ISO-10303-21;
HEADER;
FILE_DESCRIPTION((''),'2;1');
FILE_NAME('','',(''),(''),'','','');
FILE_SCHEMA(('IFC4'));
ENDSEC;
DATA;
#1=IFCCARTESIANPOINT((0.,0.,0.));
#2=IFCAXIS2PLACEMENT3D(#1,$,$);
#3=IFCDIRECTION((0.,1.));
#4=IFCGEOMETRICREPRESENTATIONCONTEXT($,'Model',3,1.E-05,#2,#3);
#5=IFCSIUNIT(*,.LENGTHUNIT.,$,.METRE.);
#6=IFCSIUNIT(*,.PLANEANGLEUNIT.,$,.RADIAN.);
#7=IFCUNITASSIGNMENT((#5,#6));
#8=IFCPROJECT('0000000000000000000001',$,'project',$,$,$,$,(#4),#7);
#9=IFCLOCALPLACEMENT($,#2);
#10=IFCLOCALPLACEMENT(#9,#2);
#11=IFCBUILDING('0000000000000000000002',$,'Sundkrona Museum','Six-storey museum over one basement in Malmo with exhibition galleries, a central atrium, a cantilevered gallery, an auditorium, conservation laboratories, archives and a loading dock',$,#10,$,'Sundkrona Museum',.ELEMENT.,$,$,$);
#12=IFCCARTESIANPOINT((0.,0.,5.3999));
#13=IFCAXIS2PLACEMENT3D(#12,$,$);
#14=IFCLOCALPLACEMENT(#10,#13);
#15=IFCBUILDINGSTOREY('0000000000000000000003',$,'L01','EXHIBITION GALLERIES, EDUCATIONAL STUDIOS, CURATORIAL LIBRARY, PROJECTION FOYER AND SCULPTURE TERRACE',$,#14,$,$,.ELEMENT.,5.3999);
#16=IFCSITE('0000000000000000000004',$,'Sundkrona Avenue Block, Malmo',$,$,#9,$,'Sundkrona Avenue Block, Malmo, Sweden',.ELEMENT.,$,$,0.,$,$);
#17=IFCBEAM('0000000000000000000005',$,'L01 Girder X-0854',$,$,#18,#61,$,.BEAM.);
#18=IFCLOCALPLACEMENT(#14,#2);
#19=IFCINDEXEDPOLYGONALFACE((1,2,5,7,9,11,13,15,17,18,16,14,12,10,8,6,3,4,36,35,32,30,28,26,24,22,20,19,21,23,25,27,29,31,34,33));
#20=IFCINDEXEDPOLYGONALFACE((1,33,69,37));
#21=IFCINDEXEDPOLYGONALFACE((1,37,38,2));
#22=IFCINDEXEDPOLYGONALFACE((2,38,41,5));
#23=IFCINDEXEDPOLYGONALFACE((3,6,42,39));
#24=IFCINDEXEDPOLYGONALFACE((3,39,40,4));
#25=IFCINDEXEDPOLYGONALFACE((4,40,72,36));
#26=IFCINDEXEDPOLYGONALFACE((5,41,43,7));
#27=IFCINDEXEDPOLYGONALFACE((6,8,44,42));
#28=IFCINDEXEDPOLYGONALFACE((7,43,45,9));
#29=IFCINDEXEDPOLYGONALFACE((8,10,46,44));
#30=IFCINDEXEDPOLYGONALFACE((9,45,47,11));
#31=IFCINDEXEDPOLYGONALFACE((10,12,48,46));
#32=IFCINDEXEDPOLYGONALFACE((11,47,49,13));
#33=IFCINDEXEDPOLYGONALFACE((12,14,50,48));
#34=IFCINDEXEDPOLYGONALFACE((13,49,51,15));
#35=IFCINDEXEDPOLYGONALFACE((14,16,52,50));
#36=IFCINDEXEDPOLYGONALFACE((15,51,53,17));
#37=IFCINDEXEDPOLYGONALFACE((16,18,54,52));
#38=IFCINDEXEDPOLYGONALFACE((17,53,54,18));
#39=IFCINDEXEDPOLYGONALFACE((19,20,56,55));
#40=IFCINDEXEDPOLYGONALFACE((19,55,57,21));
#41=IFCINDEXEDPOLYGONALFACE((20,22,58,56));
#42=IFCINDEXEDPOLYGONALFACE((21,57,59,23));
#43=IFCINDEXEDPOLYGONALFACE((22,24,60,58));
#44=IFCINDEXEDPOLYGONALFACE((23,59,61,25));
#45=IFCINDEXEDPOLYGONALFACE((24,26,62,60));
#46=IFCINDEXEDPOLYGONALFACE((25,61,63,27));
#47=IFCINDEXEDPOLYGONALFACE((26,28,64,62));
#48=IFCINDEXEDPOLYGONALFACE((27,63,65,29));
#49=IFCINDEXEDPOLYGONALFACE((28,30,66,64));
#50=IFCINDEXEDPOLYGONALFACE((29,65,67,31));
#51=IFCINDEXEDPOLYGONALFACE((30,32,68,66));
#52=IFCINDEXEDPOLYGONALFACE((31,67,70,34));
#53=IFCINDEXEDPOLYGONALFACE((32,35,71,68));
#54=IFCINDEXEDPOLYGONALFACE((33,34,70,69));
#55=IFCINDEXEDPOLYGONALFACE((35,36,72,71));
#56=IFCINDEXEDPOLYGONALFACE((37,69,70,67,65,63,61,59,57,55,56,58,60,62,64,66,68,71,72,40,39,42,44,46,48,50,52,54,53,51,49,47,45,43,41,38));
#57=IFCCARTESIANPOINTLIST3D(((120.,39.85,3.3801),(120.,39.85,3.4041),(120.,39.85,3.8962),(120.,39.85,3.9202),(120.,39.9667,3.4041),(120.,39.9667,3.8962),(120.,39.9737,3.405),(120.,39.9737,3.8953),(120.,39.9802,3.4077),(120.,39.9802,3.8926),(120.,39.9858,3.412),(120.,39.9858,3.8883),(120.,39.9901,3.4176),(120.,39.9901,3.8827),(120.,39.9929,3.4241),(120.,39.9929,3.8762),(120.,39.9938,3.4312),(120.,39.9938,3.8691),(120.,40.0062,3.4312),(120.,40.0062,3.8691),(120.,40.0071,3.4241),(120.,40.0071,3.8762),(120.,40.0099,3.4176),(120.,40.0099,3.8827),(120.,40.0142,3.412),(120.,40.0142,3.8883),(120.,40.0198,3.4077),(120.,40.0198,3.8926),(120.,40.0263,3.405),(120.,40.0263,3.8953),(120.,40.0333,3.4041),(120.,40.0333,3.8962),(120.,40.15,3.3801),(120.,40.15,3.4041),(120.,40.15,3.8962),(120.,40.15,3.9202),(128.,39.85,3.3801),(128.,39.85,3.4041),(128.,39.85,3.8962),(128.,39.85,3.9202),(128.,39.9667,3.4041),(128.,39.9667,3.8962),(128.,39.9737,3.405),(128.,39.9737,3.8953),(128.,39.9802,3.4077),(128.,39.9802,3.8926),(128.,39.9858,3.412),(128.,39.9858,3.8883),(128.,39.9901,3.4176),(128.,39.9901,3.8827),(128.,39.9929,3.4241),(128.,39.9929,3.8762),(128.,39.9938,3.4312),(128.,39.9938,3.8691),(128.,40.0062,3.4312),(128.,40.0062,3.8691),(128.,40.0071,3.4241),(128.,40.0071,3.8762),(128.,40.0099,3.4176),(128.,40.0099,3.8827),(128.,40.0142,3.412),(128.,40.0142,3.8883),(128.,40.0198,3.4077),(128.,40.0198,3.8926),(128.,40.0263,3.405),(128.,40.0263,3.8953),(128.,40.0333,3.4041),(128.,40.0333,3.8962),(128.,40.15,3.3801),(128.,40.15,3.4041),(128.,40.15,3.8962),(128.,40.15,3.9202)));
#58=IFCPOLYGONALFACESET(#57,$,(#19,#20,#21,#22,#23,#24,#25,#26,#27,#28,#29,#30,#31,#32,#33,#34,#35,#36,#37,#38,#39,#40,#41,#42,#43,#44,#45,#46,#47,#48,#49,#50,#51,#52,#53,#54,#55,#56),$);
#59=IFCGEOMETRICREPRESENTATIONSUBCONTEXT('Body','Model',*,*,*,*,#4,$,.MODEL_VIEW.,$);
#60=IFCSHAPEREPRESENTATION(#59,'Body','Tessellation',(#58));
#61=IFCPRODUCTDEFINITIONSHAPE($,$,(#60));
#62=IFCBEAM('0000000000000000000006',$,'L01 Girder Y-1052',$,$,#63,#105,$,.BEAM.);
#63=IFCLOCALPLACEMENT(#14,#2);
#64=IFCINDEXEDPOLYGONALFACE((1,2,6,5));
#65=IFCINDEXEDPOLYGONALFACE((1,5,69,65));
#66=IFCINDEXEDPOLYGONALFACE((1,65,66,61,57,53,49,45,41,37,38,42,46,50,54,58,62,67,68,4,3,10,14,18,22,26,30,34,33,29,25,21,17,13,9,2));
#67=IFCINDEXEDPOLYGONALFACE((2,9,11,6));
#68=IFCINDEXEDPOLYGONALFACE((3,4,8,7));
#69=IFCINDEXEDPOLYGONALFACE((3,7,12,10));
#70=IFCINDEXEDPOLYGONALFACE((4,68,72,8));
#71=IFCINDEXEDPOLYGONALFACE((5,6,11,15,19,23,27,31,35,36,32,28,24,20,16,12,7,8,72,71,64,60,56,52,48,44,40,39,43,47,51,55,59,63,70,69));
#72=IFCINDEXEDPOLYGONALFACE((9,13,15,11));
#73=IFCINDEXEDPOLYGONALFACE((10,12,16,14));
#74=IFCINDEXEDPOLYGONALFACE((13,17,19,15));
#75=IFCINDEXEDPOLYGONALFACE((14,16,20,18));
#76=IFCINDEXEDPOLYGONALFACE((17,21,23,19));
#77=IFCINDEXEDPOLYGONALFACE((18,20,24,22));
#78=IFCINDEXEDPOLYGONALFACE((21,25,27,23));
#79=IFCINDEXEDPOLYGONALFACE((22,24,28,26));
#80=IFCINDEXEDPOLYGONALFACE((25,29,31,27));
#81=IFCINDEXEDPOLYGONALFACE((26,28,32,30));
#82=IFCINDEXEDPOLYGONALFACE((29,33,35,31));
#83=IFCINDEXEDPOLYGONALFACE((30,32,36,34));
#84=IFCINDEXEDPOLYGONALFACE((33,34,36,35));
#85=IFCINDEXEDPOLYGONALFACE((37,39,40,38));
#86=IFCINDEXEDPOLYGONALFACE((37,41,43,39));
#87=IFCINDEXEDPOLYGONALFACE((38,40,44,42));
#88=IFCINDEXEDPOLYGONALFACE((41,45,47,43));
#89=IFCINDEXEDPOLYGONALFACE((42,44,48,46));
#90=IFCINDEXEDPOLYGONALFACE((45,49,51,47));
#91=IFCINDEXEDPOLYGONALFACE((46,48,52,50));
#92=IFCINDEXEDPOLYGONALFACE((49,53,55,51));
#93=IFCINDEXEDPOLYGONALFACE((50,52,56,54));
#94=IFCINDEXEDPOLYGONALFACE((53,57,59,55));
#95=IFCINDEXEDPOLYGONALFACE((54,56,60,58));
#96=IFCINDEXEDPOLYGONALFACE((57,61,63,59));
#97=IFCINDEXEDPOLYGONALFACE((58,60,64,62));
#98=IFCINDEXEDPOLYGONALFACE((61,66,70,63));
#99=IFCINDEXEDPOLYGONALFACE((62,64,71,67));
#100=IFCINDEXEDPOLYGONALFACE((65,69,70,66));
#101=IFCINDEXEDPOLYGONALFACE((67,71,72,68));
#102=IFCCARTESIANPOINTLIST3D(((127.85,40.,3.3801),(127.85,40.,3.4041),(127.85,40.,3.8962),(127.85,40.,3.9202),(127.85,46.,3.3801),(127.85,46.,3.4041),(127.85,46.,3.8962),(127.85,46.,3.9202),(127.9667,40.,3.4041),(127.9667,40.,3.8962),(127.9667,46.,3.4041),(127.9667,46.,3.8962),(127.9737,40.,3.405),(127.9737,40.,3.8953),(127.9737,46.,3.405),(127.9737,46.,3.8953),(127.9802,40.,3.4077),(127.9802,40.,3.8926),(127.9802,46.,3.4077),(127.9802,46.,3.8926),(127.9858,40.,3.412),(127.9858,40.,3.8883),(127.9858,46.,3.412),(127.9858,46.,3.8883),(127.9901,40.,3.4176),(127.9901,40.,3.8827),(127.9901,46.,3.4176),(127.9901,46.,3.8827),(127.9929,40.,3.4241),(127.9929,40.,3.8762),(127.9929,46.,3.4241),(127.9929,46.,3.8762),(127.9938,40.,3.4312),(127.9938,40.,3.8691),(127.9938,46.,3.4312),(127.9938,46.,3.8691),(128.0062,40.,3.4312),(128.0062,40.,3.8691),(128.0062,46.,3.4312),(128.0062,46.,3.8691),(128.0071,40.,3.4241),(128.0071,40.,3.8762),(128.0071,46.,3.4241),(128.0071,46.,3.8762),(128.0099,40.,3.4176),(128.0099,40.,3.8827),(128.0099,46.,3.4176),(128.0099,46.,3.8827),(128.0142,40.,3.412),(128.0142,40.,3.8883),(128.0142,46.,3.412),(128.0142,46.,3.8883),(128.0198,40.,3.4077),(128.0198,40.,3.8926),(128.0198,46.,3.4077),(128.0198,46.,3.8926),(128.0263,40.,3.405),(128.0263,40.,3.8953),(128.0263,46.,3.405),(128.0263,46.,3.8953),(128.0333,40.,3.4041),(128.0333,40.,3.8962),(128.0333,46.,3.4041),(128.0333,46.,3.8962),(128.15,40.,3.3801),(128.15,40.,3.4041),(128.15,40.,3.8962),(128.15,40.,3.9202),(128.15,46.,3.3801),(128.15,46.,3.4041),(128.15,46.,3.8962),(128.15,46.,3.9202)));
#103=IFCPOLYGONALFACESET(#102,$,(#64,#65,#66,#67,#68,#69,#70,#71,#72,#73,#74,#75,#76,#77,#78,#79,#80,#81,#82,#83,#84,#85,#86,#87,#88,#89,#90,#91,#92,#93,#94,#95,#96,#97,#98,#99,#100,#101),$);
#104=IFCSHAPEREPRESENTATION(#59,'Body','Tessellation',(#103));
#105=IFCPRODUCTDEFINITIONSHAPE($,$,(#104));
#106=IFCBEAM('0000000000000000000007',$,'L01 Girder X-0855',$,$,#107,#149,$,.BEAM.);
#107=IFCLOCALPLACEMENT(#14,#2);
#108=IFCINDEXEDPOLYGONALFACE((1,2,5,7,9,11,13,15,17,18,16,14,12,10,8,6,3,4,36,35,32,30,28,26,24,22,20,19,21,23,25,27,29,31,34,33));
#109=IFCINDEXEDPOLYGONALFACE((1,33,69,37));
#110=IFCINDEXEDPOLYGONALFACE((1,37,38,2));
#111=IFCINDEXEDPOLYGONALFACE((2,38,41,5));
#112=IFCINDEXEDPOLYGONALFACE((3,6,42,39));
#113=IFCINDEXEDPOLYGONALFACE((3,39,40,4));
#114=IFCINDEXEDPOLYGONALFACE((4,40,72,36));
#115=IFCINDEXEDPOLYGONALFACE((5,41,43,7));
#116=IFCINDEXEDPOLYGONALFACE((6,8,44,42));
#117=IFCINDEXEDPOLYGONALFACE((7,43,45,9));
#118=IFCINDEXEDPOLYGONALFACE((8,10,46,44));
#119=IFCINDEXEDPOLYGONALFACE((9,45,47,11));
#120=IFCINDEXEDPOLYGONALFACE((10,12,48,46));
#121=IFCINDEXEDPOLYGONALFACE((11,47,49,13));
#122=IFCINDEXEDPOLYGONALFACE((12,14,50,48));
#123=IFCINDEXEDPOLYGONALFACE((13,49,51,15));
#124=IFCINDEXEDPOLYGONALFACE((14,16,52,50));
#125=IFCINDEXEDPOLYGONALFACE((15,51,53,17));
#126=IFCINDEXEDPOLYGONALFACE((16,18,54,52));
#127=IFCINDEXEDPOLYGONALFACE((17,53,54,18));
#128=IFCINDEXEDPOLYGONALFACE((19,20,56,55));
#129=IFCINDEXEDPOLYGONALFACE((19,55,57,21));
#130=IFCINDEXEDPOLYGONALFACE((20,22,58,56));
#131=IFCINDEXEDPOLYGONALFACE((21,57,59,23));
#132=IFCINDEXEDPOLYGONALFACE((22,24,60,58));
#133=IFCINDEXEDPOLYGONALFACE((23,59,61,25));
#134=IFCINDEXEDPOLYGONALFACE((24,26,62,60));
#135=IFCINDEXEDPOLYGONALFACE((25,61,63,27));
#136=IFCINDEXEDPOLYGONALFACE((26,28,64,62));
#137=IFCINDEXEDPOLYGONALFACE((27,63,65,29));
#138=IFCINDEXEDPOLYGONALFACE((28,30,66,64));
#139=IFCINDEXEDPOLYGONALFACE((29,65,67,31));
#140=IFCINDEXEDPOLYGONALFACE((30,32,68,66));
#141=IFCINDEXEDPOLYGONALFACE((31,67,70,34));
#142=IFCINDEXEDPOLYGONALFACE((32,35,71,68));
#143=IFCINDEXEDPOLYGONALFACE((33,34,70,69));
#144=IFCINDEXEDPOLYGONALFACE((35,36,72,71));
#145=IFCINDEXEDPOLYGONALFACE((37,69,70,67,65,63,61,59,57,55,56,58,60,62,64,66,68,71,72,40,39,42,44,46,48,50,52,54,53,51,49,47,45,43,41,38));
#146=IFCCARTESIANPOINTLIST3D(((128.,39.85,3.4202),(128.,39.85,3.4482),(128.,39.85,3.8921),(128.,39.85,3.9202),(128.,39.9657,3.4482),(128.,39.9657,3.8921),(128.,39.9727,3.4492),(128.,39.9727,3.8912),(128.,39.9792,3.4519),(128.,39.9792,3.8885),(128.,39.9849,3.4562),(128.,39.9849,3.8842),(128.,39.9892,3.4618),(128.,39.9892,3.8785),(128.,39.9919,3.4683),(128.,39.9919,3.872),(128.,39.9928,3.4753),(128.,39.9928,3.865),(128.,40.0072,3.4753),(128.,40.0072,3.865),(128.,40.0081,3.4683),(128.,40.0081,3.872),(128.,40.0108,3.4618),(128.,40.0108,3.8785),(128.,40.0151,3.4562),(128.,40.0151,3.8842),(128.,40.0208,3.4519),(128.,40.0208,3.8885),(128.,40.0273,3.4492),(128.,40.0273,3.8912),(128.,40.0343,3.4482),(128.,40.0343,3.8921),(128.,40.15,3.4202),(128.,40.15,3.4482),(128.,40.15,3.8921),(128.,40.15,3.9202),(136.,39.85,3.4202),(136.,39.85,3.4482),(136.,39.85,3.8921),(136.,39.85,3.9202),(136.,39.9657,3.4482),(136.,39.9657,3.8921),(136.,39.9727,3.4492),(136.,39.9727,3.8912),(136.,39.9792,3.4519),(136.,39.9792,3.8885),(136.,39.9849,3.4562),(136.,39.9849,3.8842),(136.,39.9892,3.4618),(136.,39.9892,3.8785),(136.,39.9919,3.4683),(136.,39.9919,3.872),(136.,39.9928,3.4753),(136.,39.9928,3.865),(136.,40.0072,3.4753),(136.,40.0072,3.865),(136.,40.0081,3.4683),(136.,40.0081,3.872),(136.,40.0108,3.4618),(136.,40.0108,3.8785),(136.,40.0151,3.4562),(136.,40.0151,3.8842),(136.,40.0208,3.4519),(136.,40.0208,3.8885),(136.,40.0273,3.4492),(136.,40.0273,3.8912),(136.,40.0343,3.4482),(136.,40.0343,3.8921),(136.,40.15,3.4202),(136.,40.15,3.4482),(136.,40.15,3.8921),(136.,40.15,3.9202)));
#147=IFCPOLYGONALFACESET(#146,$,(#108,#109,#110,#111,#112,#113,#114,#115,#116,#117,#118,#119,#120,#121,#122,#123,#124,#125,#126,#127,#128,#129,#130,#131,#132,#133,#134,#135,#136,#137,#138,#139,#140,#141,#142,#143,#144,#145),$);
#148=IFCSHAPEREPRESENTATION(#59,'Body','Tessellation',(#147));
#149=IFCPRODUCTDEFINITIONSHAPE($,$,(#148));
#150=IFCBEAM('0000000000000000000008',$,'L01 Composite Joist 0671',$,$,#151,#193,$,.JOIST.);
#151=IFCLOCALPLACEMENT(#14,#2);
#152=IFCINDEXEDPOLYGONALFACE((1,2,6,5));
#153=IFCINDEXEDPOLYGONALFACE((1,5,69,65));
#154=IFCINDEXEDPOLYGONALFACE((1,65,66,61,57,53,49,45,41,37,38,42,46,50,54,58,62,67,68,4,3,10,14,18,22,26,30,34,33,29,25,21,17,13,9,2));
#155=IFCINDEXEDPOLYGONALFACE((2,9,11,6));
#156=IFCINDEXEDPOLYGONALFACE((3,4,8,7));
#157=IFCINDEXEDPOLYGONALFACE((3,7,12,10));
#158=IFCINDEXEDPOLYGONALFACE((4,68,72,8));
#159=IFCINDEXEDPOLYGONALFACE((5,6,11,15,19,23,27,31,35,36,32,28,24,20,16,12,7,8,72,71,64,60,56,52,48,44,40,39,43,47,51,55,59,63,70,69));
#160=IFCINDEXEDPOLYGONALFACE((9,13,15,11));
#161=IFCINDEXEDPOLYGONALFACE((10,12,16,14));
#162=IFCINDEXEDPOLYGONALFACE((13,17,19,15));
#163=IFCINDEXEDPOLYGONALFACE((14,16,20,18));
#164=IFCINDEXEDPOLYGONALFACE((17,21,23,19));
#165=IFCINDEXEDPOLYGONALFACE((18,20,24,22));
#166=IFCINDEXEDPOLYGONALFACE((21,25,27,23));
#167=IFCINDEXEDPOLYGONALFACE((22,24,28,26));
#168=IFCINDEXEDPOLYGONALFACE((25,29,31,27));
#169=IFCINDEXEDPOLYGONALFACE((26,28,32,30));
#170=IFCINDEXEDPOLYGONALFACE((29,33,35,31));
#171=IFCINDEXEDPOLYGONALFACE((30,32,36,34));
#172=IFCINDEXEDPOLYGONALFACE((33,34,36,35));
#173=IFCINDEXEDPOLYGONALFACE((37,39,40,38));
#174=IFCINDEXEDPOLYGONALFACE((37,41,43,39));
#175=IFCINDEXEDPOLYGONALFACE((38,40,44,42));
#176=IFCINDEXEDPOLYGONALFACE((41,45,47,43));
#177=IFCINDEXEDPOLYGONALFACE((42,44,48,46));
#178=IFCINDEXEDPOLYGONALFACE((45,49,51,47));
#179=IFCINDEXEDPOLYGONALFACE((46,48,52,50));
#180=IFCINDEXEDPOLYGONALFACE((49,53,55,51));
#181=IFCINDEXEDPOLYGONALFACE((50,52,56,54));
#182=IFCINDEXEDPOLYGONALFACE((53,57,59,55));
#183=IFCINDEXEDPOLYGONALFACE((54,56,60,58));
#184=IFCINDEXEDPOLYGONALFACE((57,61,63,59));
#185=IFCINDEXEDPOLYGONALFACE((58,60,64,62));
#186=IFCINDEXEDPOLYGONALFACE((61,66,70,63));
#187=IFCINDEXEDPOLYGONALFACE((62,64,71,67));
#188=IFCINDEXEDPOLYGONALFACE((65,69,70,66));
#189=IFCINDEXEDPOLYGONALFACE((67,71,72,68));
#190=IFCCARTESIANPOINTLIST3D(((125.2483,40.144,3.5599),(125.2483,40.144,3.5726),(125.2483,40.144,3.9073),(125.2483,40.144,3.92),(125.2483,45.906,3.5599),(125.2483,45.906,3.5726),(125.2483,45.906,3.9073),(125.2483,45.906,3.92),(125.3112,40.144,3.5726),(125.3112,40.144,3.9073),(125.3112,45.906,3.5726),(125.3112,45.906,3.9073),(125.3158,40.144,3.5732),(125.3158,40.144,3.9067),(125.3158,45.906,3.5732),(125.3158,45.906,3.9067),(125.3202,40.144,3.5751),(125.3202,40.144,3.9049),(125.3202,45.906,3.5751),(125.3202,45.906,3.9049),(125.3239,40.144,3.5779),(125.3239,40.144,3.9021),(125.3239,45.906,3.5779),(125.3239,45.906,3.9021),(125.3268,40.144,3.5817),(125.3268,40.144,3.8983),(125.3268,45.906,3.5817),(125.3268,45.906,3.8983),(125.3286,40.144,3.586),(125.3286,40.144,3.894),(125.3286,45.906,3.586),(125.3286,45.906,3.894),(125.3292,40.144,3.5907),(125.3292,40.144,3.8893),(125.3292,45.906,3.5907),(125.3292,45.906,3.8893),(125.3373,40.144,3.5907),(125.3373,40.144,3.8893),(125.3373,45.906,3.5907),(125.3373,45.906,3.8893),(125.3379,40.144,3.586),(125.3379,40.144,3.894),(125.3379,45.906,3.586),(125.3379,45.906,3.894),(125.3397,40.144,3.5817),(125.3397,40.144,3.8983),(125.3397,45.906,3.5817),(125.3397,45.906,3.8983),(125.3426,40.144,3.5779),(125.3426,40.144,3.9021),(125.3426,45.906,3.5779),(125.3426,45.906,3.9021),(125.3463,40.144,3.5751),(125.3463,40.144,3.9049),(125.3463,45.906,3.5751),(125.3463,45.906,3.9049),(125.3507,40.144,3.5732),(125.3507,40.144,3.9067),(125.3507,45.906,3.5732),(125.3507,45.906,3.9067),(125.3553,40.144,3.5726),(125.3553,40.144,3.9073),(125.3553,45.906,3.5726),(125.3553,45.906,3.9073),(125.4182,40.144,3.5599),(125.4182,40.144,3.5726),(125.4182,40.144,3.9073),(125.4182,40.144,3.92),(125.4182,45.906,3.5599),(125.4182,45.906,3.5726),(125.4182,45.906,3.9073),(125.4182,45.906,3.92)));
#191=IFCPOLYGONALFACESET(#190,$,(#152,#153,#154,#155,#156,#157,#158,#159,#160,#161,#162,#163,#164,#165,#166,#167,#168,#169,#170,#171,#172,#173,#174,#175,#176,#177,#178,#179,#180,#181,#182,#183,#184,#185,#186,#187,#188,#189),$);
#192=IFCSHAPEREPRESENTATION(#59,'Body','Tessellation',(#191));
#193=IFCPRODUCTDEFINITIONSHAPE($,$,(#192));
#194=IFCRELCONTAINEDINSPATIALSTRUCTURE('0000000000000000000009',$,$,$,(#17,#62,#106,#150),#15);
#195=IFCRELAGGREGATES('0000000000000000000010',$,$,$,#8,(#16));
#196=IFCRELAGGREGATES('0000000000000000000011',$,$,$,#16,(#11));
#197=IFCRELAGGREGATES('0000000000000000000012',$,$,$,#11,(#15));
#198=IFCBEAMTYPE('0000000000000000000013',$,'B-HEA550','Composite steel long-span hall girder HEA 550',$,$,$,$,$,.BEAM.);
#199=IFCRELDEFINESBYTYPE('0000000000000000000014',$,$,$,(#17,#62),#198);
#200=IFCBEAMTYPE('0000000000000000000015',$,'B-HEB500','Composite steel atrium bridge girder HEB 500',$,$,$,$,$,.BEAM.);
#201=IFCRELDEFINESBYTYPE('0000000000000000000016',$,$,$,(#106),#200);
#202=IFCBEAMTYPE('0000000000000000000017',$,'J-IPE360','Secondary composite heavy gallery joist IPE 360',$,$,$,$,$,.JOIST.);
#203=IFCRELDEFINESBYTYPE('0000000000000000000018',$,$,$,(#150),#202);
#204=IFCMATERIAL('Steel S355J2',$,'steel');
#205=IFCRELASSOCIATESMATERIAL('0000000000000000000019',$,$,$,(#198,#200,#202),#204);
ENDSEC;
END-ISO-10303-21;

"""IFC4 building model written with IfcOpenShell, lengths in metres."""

from ifc_helpers import new_model, si_unit, direction, frame, origin, origin_2d, place, context, subcontext, project, spatial, i_section, extrude, material, material_profile, profile_set, type_object, element, save


model = new_model("IFC4")

# Units and contexts
model_context = context("Model", 3, precision=1e-05, world=origin(), true_north=direction((0.0, 1.0)))
body_context = subcontext(model_context, "Body", "Model", "MODEL_VIEW")
ifc_project = project(units=[si_unit("LENGTHUNIT", "METRE"), si_unit("PLANEANGLEUNIT", "RADIAN")], contexts=[model_context])

# Site, building, storey
site_placement = place(None, origin())
site = spatial("IfcSite", under=ifc_project, at=site_placement, Name="Sundkrona Avenue Block, Malmo", LongName="Sundkrona Avenue Block, Malmo, Sweden", CompositionType="ELEMENT", RefElevation=0.0)
building_placement = place(site_placement, origin())
building = spatial("IfcBuilding", under=site, at=building_placement, Name="Sundkrona Museum", Description="Six-storey museum over one basement in Malmo with exhibition galleries, a central atrium, a cantilevered gallery, an auditorium, conservation laboratories, archives and a loading dock", LongName="Sundkrona Museum", CompositionType="ELEMENT")
storey_placement = place(building_placement, frame((0.0, 0.0, 5.3999)))
storey = spatial("IfcBuildingStorey", under=building, at=storey_placement, Name="L01", Description="EXHIBITION GALLERIES, EDUCATIONAL STUDIOS, CURATORIAL LIBRARY, PROJECTION FOYER AND SCULPTURE TERRACE", CompositionType="ELEMENT", Elevation=5.3999)

# Shared definitions
ifc_material_1 = material(Name="Steel S355J2", Category="steel")

# Beams
ifc_material_profile_1 = material_profile(ifc_material_1, i_section(OverallWidth=0.3, OverallDepth=0.54, WebThickness=0.0125, FlangeThickness=0.0239, FilletRadius=0.0271, at=origin_2d()), Name="HEA 550")
ifc_profile_set_1 = profile_set([ifc_material_profile_1], Name="Steel S355J2")
beam_type_1 = type_object("IfcBeamType", Name="B-HEA550", Description="Composite steel long-span hall girder HEA 550", PredefinedType="BEAM", material=ifc_profile_set_1)
beam_1_placement = place(storey_placement, frame((120.0, 40.0, 3.6501), z_axis=(1.0, 0.0, 0.0), x_axis=(0.0, 1.0, 0.0)))
element("IfcBeam", 1, at=beam_1_placement, inside=storey, type_object=beam_type_1, Name="L01 Girder X-0854", PredefinedType="BEAM", context=body_context, shape_type="SweptSolid", body=[
    extrude(i_section(OverallWidth=0.3, OverallDepth=0.54, WebThickness=0.0125, FlangeThickness=0.0239, FilletRadius=0.0271, at=origin_2d()), origin(), (0.0, 0.0, 1.0), 8.0),
])
beam_2_placement = place(storey_placement, frame((128.0, 40.0, 3.6501), z_axis=(0.0, 1.0, 0.0), x_axis=(-1.0, 0.0, 0.0)))
element("IfcBeam", 2, at=beam_2_placement, inside=storey, type_object=beam_type_1, Name="L01 Girder Y-1052", PredefinedType="BEAM", context=body_context, shape_type="SweptSolid", body=[
    extrude(i_section(OverallWidth=0.3, OverallDepth=0.54, WebThickness=0.0125, FlangeThickness=0.0239, FilletRadius=0.0271, at=origin_2d()), origin(), (0.0, 0.0, 1.0), 6.0),
])
ifc_material_profile_2 = material_profile(ifc_material_1, i_section(OverallWidth=0.3, OverallDepth=0.5, WebThickness=0.0144, FlangeThickness=0.0281, FilletRadius=0.0271, at=origin_2d()), Name="HEB 500")
ifc_profile_set_2 = profile_set([ifc_material_profile_2], Name="Steel S355J2")
beam_type_2 = type_object("IfcBeamType", Name="B-HEB500", Description="Composite steel atrium bridge girder HEB 500", PredefinedType="BEAM", material=ifc_profile_set_2)
beam_3_placement = place(storey_placement, frame((128.0, 40.0, 3.6702), z_axis=(1.0, 0.0, 0.0), x_axis=(0.0, 1.0, 0.0)))
element("IfcBeam", 3, at=beam_3_placement, inside=storey, type_object=beam_type_2, Name="L01 Girder X-0855", PredefinedType="BEAM", context=body_context, shape_type="SweptSolid", body=[
    extrude(i_section(OverallWidth=0.3, OverallDepth=0.5, WebThickness=0.0144, FlangeThickness=0.0281, FilletRadius=0.0271, at=origin_2d()), origin(), (0.0, 0.0, 1.0), 8.0),
])
ifc_material_profile_3 = material_profile(ifc_material_1, i_section(OverallWidth=0.1699, OverallDepth=0.3601, WebThickness=0.0081, FlangeThickness=0.0127, FilletRadius=0.0181, at=origin_2d()), Name="IPE 360")
ifc_profile_set_3 = profile_set([ifc_material_profile_3], Name="Steel S355J2")
beam_type_3 = type_object("IfcBeamType", Name="J-IPE360", Description="Secondary composite heavy gallery joist IPE 360", PredefinedType="JOIST", material=ifc_profile_set_3)
beam_4_placement = place(storey_placement, frame((125.3333, 40.144, 3.74), z_axis=(0.0, 1.0, 0.0), x_axis=(-1.0, 0.0, 0.0)))
element("IfcBeam", 4, at=beam_4_placement, inside=storey, type_object=beam_type_3, Name="L01 Composite Joist 0671", PredefinedType="JOIST", context=body_context, shape_type="SweptSolid", body=[
    extrude(i_section(OverallWidth=0.1699, OverallDepth=0.3601, WebThickness=0.0081, FlangeThickness=0.0127, FilletRadius=0.0181, at=origin_2d()), origin(), (0.0, 0.0, 1.0), 5.762),
])

save(model, "model.ifc")
